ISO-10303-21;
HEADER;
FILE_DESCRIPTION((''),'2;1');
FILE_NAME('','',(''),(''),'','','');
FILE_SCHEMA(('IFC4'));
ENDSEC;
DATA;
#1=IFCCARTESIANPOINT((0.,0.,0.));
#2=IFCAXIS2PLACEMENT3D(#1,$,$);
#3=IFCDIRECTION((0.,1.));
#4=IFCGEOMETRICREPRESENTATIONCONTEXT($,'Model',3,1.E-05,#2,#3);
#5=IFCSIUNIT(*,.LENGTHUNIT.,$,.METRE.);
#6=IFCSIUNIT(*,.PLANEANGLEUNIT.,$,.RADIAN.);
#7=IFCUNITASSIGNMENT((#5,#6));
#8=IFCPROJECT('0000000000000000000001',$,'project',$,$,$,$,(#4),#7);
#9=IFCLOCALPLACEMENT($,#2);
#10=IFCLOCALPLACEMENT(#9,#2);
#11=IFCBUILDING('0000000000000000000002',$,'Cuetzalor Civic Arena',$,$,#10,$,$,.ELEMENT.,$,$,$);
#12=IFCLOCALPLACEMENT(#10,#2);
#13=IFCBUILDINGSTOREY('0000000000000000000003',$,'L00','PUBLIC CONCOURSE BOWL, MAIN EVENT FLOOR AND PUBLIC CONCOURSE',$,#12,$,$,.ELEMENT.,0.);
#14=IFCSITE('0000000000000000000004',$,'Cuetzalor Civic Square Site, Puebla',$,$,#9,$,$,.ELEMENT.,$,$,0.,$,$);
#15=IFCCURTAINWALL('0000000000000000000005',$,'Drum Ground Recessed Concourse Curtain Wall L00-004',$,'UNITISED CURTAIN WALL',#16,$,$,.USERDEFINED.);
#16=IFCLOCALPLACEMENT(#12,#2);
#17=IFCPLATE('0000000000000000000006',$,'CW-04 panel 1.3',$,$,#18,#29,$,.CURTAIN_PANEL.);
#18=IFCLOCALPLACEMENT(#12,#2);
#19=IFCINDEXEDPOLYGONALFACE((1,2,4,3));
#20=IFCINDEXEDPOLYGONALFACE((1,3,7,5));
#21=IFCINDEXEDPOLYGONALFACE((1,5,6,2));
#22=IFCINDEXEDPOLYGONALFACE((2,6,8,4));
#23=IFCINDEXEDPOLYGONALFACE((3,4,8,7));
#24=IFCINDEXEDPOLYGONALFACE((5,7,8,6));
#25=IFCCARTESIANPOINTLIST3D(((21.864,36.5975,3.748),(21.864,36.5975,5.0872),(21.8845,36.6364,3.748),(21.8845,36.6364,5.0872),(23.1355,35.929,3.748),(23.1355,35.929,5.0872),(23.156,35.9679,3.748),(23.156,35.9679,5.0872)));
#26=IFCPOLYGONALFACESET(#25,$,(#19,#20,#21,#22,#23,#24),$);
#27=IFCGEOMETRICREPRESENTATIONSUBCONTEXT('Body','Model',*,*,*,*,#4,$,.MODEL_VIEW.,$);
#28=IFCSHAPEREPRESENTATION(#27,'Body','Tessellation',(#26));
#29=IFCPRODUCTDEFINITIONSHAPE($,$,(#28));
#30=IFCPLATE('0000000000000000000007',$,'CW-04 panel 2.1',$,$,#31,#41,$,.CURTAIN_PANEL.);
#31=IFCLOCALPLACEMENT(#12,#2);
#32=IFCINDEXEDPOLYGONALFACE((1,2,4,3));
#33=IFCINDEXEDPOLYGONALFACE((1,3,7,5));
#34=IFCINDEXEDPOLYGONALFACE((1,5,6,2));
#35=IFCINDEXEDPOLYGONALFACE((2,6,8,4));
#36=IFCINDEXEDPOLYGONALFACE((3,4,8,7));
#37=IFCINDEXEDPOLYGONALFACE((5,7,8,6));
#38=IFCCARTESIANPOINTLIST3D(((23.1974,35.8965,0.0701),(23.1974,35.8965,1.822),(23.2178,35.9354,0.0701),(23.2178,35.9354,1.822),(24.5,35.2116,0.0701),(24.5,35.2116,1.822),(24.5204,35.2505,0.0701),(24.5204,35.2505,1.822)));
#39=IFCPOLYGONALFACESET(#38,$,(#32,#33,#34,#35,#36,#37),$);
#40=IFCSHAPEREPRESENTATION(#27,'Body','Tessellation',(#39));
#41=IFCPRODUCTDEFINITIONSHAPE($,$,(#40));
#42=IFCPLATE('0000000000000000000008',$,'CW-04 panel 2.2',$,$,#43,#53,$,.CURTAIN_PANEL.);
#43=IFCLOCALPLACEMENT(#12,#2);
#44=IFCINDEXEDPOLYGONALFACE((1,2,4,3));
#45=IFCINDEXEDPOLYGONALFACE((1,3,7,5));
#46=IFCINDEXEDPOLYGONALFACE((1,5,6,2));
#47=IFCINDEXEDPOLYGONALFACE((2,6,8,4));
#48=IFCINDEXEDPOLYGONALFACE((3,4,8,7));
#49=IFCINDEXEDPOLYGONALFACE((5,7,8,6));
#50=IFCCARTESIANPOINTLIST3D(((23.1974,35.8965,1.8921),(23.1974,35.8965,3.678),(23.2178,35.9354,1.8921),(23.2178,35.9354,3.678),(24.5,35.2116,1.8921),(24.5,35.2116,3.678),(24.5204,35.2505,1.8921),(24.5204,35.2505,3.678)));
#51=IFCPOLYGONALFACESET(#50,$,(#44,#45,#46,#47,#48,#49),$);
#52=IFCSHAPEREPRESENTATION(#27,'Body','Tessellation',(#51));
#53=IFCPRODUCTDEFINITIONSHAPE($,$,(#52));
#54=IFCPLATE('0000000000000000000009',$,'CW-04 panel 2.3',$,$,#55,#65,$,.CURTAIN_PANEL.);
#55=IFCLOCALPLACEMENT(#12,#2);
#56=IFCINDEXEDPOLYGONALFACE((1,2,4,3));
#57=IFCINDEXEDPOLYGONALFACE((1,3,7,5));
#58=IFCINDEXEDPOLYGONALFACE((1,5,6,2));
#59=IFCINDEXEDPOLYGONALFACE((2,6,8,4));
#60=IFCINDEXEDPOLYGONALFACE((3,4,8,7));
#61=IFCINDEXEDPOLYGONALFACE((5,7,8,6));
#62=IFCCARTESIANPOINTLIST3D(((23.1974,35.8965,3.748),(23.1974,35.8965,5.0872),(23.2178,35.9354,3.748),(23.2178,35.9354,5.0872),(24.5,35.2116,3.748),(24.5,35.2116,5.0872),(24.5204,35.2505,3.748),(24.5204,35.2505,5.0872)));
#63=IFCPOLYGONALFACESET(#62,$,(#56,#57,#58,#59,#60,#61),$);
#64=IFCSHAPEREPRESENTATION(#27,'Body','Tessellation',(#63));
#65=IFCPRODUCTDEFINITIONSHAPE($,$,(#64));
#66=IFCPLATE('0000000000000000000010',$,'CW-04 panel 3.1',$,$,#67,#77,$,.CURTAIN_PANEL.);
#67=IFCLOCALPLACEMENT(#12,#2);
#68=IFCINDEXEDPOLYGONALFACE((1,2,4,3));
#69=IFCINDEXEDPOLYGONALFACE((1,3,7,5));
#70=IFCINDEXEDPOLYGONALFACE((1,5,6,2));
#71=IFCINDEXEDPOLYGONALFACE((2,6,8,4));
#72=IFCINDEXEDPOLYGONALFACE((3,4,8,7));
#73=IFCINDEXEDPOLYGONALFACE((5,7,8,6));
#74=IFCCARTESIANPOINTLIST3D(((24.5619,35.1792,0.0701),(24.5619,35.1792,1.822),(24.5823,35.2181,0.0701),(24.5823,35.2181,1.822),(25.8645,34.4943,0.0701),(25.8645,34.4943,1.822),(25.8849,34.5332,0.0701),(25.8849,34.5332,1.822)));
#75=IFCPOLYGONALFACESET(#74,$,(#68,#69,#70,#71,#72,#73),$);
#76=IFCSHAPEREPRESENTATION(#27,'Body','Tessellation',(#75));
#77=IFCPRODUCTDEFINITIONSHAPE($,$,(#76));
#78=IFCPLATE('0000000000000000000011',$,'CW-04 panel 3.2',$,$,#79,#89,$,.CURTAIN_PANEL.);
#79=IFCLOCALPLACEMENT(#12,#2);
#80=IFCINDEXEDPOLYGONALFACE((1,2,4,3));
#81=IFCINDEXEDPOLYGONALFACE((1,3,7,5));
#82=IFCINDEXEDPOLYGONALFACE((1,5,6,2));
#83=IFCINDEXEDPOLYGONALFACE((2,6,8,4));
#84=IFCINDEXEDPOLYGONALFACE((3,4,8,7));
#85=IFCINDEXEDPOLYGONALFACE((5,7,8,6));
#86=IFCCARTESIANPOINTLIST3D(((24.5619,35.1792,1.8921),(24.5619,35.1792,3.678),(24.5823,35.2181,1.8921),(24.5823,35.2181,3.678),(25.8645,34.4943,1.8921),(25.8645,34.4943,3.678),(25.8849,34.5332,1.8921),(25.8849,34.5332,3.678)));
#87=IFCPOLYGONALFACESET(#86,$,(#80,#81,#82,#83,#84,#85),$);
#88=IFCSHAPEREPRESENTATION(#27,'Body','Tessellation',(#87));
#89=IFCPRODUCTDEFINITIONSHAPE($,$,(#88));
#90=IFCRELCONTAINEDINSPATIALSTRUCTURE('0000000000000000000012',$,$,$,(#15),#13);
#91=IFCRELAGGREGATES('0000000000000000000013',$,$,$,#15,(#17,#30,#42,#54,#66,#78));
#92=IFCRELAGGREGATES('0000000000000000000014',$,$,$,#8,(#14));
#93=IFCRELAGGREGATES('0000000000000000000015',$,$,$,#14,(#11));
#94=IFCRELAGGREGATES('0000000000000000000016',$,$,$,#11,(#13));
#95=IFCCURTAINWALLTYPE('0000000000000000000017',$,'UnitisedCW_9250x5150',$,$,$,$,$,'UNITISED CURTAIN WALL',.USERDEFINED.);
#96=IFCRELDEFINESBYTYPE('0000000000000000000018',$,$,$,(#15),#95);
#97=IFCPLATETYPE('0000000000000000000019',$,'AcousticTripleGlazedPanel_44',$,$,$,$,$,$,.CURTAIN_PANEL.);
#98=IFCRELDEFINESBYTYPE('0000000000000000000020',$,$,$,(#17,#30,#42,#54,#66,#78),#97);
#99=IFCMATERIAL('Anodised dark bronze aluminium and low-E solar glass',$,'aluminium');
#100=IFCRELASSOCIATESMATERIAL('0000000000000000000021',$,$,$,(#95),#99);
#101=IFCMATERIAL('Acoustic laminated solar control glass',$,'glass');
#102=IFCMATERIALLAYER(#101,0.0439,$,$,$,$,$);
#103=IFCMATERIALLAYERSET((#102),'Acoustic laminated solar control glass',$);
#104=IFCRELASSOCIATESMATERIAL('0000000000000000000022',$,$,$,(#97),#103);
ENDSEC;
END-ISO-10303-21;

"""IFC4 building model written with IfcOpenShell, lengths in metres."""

from ifc_helpers import new_model, si_unit, direction, frame, origin, origin_2d, place, context, subcontext, project, spatial, rectangle, extrude, material, layer, layer_set, type_object, element, aggregate, save


model = new_model("IFC4")

# Units and contexts
model_context = context("Model", 3, precision=1e-05, world=origin(), true_north=direction((0.0, 1.0)))
body_context = subcontext(model_context, "Body", "Model", "MODEL_VIEW")
ifc_project = project(units=[si_unit("LENGTHUNIT", "METRE"), si_unit("PLANEANGLEUNIT", "RADIAN")], contexts=[model_context])

# Site, building, storey
site_placement = place(None, origin())
site = spatial("IfcSite", under=ifc_project, at=site_placement, Name="Cuetzalor Civic Square Site, Puebla", CompositionType="ELEMENT", RefElevation=0.0)
building_placement = place(site_placement, origin())
building = spatial("IfcBuilding", under=site, at=building_placement, Name="Cuetzalor Civic Arena", CompositionType="ELEMENT")
storey_placement = place(building_placement, origin())
storey = spatial("IfcBuildingStorey", under=building, at=storey_placement, Name="L00", Description="PUBLIC CONCOURSE BOWL, MAIN EVENT FLOOR AND PUBLIC CONCOURSE", CompositionType="ELEMENT", Elevation=0.0)

# Curtain wall
ifc_material_1 = material(Name="Anodised dark bronze aluminium and low-E solar glass", Category="aluminium")
curtain_wall_type = type_object("IfcCurtainWallType", Name="UnitisedCW_9250x5150", ElementType="UNITISED CURTAIN WALL", PredefinedType="USERDEFINED", material=ifc_material_1)
curtain_wall_placement = place(storey_placement, origin())
curtain_wall = element("IfcCurtainWall", 1, at=curtain_wall_placement, inside=storey, type_object=curtain_wall_type, Name="Drum Ground Recessed Concourse Curtain Wall L00-004", ObjectType="UNITISED CURTAIN WALL", PredefinedType="USERDEFINED")

# Plates
ifc_material_2 = material(Name="Acoustic laminated solar control glass", Category="glass")
ifc_layer = layer(ifc_material_2, 0.0439)
ifc_layer_set = layer_set([ifc_layer], Name="Acoustic laminated solar control glass")
plate_type = type_object("IfcPlateType", Name="AcousticTripleGlazedPanel_44", PredefinedType="CURTAIN_PANEL", material=ifc_layer_set)
plate_1_placement = place(storey_placement, frame((22.51, 36.2827, 3.748), z_axis=(0.0, 0.0, 1.0), x_axis=(0.885118, -0.465366, 0.0)))
plate_1 = element("IfcPlate", 2, at=plate_1_placement, type_object=plate_type, Name="CW-04 panel 1.3", PredefinedType="CURTAIN_PANEL", context=body_context, shape_type="SweptSolid", body=[
    extrude(rectangle(XDim=1.4365, YDim=0.0439, at=origin_2d()), origin(), (0.0, 0.0, 1.0), 1.3391),
])
plate_2_placement = place(storey_placement, frame((23.8589, 35.5735, 0.0701), z_axis=(0.0, 0.0, 1.0), x_axis=(0.885118, -0.465366, 0.0)))
plate_2 = element("IfcPlate", 3, at=plate_2_placement, type_object=plate_type, Name="CW-04 panel 2.1", PredefinedType="CURTAIN_PANEL", context=body_context, shape_type="SweptSolid", body=[
    extrude(rectangle(XDim=1.4717, YDim=0.0439, at=origin_2d()), origin(), (0.0, 0.0, 1.0), 1.752),
])
plate_3_placement = place(storey_placement, frame((23.8589, 35.5735, 1.8921), z_axis=(0.0, 0.0, 1.0), x_axis=(0.885118, -0.465366, 0.0)))
plate_3 = element("IfcPlate", 4, at=plate_3_placement, type_object=plate_type, Name="CW-04 panel 2.2", PredefinedType="CURTAIN_PANEL", context=body_context, shape_type="SweptSolid", body=[
    extrude(rectangle(XDim=1.4717, YDim=0.0439, at=origin_2d()), origin(), (0.0, 0.0, 1.0), 1.7859),
])
plate_4_placement = place(storey_placement, frame((23.8589, 35.5735, 3.748), z_axis=(0.0, 0.0, 1.0), x_axis=(0.885118, -0.465366, 0.0)))
plate_4 = element("IfcPlate", 5, at=plate_4_placement, type_object=plate_type, Name="CW-04 panel 2.3", PredefinedType="CURTAIN_PANEL", context=body_context, shape_type="SweptSolid", body=[
    extrude(rectangle(XDim=1.4717, YDim=0.0439, at=origin_2d()), origin(), (0.0, 0.0, 1.0), 1.3391),
])
plate_5_placement = place(storey_placement, frame((25.2234, 34.8562, 0.0701), z_axis=(0.0, 0.0, 1.0), x_axis=(0.885118, -0.465366, 0.0)))
plate_5 = element("IfcPlate", 6, at=plate_5_placement, type_object=plate_type, Name="CW-04 panel 3.1", PredefinedType="CURTAIN_PANEL", context=body_context, shape_type="SweptSolid", body=[
    extrude(rectangle(XDim=1.4717, YDim=0.0439, at=origin_2d()), origin(), (0.0, 0.0, 1.0), 1.752),
])
plate_6_placement = place(storey_placement, frame((25.2234, 34.8562, 1.8921), z_axis=(0.0, 0.0, 1.0), x_axis=(0.885118, -0.465366, 0.0)))
plate_6 = element("IfcPlate", 7, at=plate_6_placement, type_object=plate_type, Name="CW-04 panel 3.2", PredefinedType="CURTAIN_PANEL", context=body_context, shape_type="SweptSolid", body=[
    extrude(rectangle(XDim=1.4717, YDim=0.0439, at=origin_2d()), origin(), (0.0, 0.0, 1.0), 1.7859),
])
aggregate(curtain_wall, [plate_1, plate_2, plate_3, plate_4, plate_5, plate_6])

save(model, "model.ifc")
